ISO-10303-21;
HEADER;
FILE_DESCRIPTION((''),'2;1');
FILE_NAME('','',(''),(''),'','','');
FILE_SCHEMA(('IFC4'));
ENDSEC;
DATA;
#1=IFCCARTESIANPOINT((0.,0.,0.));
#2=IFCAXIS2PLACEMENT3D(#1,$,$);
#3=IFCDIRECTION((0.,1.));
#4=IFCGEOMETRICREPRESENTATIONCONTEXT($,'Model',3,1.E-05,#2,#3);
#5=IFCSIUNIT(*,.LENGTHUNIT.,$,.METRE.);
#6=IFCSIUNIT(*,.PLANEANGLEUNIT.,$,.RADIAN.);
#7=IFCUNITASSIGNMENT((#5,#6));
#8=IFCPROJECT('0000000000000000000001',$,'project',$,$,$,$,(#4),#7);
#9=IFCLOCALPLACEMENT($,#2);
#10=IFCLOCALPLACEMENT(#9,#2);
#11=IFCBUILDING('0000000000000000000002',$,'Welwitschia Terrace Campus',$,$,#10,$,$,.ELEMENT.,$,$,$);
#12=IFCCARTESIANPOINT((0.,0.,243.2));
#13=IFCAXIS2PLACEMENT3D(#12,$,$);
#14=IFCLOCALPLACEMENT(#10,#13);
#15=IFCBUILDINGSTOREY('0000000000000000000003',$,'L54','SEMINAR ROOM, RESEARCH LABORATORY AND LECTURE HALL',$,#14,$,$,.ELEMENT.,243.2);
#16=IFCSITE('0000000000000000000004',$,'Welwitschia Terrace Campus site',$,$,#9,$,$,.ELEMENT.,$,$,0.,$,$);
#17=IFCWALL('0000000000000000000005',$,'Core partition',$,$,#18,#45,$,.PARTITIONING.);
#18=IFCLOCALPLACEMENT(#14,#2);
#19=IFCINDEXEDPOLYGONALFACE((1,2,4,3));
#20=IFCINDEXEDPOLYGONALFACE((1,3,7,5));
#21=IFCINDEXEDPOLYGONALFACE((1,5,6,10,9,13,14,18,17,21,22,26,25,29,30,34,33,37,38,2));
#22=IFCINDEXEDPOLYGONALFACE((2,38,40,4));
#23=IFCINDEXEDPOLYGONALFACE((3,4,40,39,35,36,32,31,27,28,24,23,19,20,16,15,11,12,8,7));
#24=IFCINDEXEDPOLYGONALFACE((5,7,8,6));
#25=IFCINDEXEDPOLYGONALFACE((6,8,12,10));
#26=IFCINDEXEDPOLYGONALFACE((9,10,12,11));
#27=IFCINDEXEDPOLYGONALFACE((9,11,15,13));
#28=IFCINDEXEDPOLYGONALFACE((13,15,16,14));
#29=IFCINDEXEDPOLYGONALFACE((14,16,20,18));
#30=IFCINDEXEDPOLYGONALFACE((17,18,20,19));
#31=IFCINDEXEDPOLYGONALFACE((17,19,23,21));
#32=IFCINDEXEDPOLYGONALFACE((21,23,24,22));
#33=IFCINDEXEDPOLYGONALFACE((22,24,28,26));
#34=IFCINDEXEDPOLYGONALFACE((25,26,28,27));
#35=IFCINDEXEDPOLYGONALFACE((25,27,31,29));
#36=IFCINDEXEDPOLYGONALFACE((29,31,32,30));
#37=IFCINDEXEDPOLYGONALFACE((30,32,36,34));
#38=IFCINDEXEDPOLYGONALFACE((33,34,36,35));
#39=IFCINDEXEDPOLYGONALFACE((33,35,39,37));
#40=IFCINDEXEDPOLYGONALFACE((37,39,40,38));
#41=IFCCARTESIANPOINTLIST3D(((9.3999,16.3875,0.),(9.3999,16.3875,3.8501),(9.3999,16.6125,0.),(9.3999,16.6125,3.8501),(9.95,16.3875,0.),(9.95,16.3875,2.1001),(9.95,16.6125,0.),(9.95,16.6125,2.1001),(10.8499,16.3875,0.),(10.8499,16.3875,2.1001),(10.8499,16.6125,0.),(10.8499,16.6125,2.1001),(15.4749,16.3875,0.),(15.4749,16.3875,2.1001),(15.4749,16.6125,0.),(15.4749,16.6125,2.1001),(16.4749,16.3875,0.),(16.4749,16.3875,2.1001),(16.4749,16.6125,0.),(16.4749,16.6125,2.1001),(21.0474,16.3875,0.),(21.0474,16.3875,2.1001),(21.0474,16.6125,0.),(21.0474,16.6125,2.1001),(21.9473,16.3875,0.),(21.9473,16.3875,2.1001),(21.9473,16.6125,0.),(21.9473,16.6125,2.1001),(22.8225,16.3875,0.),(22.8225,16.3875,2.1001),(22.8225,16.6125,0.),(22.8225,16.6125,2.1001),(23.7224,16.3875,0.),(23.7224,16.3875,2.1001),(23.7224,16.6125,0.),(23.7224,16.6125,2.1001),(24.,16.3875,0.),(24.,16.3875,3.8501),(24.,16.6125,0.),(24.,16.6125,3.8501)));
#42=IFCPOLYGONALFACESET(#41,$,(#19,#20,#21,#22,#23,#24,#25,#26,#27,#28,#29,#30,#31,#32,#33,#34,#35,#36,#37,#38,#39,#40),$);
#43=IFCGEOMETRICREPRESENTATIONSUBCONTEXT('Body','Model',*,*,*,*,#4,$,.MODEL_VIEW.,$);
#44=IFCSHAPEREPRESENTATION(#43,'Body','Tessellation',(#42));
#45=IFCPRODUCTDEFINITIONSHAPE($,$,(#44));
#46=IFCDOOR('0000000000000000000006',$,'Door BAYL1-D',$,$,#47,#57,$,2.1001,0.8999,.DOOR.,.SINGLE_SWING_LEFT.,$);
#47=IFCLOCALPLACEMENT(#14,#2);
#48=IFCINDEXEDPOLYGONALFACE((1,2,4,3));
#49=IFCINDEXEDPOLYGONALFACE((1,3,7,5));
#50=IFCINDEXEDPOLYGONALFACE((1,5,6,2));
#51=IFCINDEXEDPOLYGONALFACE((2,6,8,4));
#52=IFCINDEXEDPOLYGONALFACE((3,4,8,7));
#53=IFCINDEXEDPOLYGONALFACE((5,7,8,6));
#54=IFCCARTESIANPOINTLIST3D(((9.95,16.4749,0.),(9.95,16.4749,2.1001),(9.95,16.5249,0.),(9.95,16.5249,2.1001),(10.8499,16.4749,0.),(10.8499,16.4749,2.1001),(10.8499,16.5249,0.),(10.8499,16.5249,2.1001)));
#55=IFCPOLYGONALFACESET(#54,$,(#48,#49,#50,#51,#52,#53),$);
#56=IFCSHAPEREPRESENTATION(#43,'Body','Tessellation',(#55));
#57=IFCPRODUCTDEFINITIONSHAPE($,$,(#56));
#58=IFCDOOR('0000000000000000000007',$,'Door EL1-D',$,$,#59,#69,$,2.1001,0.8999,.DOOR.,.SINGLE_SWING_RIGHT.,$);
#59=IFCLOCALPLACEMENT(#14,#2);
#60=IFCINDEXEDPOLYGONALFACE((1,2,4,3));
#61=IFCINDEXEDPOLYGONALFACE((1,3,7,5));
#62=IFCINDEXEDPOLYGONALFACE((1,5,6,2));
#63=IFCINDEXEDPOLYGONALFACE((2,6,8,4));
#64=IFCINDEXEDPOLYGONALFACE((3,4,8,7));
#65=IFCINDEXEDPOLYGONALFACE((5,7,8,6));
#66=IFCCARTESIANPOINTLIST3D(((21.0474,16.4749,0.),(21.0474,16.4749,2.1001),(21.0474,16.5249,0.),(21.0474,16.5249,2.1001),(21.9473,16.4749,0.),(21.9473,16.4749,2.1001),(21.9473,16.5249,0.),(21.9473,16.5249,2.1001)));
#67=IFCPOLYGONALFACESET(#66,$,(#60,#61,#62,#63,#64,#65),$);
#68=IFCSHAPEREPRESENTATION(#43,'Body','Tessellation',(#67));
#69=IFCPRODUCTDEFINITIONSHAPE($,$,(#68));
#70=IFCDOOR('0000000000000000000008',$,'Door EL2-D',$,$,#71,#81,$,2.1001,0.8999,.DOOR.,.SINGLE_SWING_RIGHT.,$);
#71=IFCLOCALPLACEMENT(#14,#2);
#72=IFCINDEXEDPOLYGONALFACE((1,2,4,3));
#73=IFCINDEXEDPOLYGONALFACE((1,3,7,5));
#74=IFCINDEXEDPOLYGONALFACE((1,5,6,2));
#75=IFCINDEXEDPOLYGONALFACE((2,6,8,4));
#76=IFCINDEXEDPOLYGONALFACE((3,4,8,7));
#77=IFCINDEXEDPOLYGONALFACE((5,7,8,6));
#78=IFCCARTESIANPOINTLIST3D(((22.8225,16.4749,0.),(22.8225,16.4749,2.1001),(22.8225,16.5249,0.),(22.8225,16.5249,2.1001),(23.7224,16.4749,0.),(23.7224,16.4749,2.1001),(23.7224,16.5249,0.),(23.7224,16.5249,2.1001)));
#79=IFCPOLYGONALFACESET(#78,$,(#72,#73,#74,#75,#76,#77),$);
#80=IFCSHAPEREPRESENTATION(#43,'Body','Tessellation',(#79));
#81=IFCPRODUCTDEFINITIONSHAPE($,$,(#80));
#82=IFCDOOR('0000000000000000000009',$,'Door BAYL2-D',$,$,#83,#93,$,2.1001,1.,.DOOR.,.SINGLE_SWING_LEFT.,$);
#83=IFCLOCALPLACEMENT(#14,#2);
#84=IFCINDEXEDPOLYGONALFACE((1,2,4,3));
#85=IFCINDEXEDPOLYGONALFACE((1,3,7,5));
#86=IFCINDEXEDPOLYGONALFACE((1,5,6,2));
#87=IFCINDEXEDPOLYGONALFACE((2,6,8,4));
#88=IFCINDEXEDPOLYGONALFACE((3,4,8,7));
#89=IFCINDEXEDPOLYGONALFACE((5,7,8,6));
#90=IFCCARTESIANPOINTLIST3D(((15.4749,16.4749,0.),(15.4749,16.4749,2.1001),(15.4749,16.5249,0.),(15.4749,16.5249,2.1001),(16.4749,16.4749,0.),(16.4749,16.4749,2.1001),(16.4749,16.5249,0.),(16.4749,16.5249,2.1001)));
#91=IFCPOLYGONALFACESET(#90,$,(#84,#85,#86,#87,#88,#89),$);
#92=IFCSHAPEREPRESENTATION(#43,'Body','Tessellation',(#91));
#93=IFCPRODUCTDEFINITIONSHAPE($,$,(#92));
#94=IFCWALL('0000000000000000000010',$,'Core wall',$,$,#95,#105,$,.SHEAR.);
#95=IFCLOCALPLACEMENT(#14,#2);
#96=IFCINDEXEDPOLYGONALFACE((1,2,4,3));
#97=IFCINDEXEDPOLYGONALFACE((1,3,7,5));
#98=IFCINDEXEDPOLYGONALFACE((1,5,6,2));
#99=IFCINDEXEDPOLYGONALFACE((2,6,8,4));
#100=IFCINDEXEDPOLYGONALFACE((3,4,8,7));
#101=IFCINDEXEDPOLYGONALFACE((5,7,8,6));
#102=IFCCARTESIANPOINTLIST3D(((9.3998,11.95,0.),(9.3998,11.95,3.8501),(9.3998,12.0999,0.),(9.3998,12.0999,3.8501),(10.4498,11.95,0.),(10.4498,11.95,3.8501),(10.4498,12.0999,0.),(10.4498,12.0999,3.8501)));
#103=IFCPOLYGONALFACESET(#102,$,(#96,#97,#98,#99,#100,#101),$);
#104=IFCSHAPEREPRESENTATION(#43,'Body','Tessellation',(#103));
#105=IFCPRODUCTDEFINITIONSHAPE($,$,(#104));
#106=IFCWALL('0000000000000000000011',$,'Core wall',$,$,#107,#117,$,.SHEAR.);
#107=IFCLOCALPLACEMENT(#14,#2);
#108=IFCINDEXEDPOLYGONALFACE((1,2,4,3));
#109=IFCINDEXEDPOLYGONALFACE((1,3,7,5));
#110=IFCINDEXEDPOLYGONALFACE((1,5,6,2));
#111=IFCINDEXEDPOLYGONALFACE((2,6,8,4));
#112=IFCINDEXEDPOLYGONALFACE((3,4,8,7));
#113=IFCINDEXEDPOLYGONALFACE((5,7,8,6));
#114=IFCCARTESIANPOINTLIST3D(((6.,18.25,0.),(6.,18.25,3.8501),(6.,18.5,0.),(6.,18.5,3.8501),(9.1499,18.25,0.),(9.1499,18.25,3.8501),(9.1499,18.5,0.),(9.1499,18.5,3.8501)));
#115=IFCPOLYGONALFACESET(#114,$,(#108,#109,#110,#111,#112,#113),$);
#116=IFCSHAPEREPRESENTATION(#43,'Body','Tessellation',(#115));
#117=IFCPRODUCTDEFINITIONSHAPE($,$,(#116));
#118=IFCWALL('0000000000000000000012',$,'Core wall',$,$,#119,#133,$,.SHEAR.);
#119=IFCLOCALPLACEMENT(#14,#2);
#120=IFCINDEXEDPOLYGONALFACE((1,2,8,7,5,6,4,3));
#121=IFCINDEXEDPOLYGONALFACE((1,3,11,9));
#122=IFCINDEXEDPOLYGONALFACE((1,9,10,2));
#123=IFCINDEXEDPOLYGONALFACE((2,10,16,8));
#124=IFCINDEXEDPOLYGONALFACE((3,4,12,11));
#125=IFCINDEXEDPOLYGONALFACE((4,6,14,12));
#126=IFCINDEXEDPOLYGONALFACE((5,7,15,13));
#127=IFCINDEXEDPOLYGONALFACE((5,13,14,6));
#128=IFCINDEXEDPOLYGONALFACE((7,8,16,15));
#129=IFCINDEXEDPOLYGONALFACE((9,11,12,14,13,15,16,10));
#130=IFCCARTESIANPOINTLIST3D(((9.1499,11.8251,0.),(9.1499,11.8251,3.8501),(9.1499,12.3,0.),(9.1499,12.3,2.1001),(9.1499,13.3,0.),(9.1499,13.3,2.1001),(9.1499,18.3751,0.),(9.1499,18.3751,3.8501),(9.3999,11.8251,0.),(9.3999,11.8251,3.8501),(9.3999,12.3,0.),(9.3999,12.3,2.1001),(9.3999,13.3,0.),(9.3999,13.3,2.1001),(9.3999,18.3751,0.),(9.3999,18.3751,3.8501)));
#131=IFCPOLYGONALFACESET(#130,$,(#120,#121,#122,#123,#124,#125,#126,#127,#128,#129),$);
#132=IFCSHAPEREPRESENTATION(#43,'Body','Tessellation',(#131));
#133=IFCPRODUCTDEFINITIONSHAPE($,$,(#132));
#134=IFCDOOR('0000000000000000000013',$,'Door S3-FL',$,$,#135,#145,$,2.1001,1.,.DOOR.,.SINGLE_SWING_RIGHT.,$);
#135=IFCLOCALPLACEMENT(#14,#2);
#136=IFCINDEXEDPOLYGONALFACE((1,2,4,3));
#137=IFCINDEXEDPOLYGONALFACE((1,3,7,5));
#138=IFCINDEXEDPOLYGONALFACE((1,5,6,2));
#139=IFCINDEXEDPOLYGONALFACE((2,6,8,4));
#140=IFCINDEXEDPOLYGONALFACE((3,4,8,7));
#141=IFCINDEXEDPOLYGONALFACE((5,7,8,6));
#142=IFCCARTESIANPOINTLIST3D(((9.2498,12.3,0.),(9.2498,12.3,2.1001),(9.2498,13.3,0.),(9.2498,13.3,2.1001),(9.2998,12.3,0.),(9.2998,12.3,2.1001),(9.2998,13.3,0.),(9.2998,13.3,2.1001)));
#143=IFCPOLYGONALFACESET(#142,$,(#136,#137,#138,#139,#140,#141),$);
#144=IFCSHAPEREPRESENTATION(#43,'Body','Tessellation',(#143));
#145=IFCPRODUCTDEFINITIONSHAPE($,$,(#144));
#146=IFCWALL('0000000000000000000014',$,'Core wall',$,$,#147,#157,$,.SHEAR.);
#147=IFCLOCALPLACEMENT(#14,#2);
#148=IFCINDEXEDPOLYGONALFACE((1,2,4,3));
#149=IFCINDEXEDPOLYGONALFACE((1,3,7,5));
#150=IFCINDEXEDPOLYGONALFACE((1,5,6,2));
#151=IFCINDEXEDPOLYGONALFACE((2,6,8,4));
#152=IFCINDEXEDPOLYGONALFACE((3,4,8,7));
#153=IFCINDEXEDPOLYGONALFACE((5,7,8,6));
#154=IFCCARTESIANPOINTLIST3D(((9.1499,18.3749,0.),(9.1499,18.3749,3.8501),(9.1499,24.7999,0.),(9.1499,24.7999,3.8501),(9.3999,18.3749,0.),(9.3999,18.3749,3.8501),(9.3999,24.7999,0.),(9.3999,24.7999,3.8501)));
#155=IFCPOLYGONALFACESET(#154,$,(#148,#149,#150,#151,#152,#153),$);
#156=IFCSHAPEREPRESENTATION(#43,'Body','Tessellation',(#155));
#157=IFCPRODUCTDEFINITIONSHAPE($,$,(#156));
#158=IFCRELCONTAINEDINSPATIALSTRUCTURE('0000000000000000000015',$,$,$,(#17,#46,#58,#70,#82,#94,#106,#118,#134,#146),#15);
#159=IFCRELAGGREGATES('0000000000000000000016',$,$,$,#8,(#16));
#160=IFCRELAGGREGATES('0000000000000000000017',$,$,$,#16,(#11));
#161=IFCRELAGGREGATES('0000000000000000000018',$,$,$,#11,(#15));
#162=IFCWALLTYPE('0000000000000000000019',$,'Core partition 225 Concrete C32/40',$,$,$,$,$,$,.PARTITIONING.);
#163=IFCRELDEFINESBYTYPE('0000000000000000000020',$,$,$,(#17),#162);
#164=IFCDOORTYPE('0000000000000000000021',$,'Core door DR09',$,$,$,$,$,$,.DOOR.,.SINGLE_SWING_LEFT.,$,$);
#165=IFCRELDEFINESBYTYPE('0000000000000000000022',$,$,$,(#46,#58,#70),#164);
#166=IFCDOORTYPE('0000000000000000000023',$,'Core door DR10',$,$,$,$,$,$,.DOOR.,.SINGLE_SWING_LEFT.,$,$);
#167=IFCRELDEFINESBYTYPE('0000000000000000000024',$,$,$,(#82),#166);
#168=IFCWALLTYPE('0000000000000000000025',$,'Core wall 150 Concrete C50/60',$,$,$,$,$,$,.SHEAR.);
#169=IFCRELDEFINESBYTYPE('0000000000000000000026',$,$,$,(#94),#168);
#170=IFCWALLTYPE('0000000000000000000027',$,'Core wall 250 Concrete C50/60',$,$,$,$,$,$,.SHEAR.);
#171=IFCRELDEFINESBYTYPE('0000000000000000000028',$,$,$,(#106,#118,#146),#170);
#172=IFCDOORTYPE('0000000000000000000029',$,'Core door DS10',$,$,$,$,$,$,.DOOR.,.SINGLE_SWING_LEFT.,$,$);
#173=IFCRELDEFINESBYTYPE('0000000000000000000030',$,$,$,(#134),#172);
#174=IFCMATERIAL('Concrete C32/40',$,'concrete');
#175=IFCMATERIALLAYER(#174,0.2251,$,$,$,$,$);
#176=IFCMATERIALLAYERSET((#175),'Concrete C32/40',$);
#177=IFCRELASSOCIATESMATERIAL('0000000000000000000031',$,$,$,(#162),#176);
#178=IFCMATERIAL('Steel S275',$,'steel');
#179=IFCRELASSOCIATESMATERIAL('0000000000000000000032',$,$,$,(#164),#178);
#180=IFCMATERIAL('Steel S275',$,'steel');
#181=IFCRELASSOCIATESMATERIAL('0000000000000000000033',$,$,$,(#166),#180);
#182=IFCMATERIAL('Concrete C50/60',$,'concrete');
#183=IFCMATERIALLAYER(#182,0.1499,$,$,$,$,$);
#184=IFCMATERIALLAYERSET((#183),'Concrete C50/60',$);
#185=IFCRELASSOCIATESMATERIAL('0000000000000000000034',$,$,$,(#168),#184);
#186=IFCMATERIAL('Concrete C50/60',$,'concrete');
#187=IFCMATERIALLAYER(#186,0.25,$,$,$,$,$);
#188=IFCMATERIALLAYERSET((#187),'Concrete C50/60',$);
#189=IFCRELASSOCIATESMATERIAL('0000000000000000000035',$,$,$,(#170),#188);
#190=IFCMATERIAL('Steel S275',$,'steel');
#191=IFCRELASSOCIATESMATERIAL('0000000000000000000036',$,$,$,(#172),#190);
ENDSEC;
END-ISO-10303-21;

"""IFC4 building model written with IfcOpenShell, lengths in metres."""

from ifc_helpers import new_model, si_unit, direction, frame, frame_2d, origin, place, context, subcontext, project, spatial, rectangle, extrude, material, layer, layer_set, type_object, element, fill, save


model = new_model("IFC4")

# Units and contexts
model_context = context("Model", 3, precision=1e-05, world=origin(), true_north=direction((0.0, 1.0)))
body_context = subcontext(model_context, "Body", "Model", "MODEL_VIEW")
ifc_project = project(units=[si_unit("LENGTHUNIT", "METRE"), si_unit("PLANEANGLEUNIT", "RADIAN")], contexts=[model_context])

# Site, building, storey
site_placement = place(None, origin())
site = spatial("IfcSite", under=ifc_project, at=site_placement, Name="Welwitschia Terrace Campus site", CompositionType="ELEMENT", RefElevation=0.0)
building_placement = place(site_placement, origin())
building = spatial("IfcBuilding", under=site, at=building_placement, Name="Welwitschia Terrace Campus", CompositionType="ELEMENT")
storey_placement = place(building_placement, frame((0.0, 0.0, 243.2)))
storey = spatial("IfcBuildingStorey", under=building, at=storey_placement, Name="L54", Description="SEMINAR ROOM, RESEARCH LABORATORY AND LECTURE HALL", CompositionType="ELEMENT", Elevation=243.2)

# Shared definitions
ifc_material_1 = material(Name="Concrete C32/40", Category="concrete")
ifc_layer_1 = layer(ifc_material_1, 0.2251)
ifc_layer_set_1 = layer_set([ifc_layer_1], Name="Concrete C32/40")
wall_type_1 = type_object("IfcWallType", Name="Core partition 225 Concrete C32/40", PredefinedType="PARTITIONING", material=ifc_layer_set_1)

# Wall, openings, doors
wall_1_placement = place(storey_placement, frame((9.3999, 16.5, 0.0), z_axis=(0.0, 0.0, 1.0), x_axis=(1.0, 0.0, 0.0)))
wall_1 = element("IfcWall", 1, at=wall_1_placement, inside=storey, type_object=wall_type_1, Name="Core partition", PredefinedType="PARTITIONING", context=body_context, shape_type="SweptSolid", body=[
    extrude(rectangle(XDim=14.6001, YDim=0.2251, at=frame_2d((7.3, 0.0))), origin(), (0.0, 0.0, 1.0), 3.8501),
])
opening_1_placement = place(wall_1_placement, frame((0.55, 0.0, 0.0)))
opening_1 = element("IfcOpeningElement", 2, at=opening_1_placement, cuts=wall_1, PredefinedType="OPENING", context=body_context, shape_type="SweptSolid", body=[
    extrude(rectangle(XDim=0.8999, YDim=2.1001, at=frame_2d((0.45, 1.05))), frame((0.0, 0.1226, 0.0), z_axis=(0.0, -1.0, 0.0), x_axis=(1.0, 0.0, 0.0)), (0.0, 0.0, 1.0), 0.2451),
])
opening_2_placement = place(wall_1_placement, frame((6.075, 0.0, 0.0)))
opening_2 = element("IfcOpeningElement", 3, at=opening_2_placement, cuts=wall_1, PredefinedType="OPENING", context=body_context, shape_type="SweptSolid", body=[
    extrude(rectangle(XDim=1.0, YDim=2.1001, at=frame_2d((0.5, 1.05))), frame((0.0, 0.1226, 0.0), z_axis=(0.0, -1.0, 0.0), x_axis=(1.0, 0.0, 0.0)), (0.0, 0.0, 1.0), 0.2451),
])
opening_3_placement = place(wall_1_placement, frame((11.6475, 0.0, 0.0)))
opening_3 = element("IfcOpeningElement", 4, at=opening_3_placement, cuts=wall_1, PredefinedType="OPENING", context=body_context, shape_type="SweptSolid", body=[
    extrude(rectangle(XDim=0.8999, YDim=2.1001, at=frame_2d((0.45, 1.05))), frame((0.0, 0.1226, 0.0), z_axis=(0.0, -1.0, 0.0), x_axis=(1.0, 0.0, 0.0)), (0.0, 0.0, 1.0), 0.2451),
])
opening_4_placement = place(wall_1_placement, frame((13.4226, 0.0, 0.0)))
opening_4 = element("IfcOpeningElement", 5, at=opening_4_placement, cuts=wall_1, PredefinedType="OPENING", context=body_context, shape_type="SweptSolid", body=[
    extrude(rectangle(XDim=0.8999, YDim=2.1001, at=frame_2d((0.45, 1.05))), frame((0.0, 0.1226, 0.0), z_axis=(0.0, -1.0, 0.0), x_axis=(1.0, 0.0, 0.0)), (0.0, 0.0, 1.0), 0.2451),
])
ifc_material_2 = material(Name="Steel S275", Category="steel")
door_type_1 = type_object("IfcDoorType", Name="Core door DR09", OperationType="SINGLE_SWING_LEFT", PredefinedType="DOOR", material=ifc_material_2)
door_1_placement = place(opening_1_placement, origin())
door_1 = element("IfcDoor", 6, at=door_1_placement, inside=storey, type_object=door_type_1, Name="Door BAYL1-D", OperationType="SINGLE_SWING_LEFT", OverallHeight=2.1001, OverallWidth=0.8999, PredefinedType="DOOR", context=body_context, shape_type="SweptSolid", body=[
    extrude(rectangle(XDim=0.8999, YDim=2.1001, at=frame_2d((0.45, 1.05))), frame((0.0, 0.0249, 0.0), z_axis=(0.0, -1.0, 0.0), x_axis=(1.0, 0.0, 0.0)), (0.0, 0.0, 1.0), 0.05),
])
fill(opening_1, door_1)
door_2_placement = place(opening_3_placement, origin())
door_2 = element("IfcDoor", 7, at=door_2_placement, inside=storey, type_object=door_type_1, Name="Door EL1-D", OperationType="SINGLE_SWING_RIGHT", OverallHeight=2.1001, OverallWidth=0.8999, PredefinedType="DOOR", context=body_context, shape_type="SweptSolid", body=[
    extrude(rectangle(XDim=0.8999, YDim=2.1001, at=frame_2d((0.45, 1.05))), frame((0.0, 0.0249, 0.0), z_axis=(0.0, -1.0, 0.0), x_axis=(1.0, 0.0, 0.0)), (0.0, 0.0, 1.0), 0.05),
])
fill(opening_3, door_2)
door_3_placement = place(opening_4_placement, origin())
door_3 = element("IfcDoor", 8, at=door_3_placement, inside=storey, type_object=door_type_1, Name="Door EL2-D", OperationType="SINGLE_SWING_RIGHT", OverallHeight=2.1001, OverallWidth=0.8999, PredefinedType="DOOR", context=body_context, shape_type="SweptSolid", body=[
    extrude(rectangle(XDim=0.8999, YDim=2.1001, at=frame_2d((0.45, 1.05))), frame((0.0, 0.0249, 0.0), z_axis=(0.0, -1.0, 0.0), x_axis=(1.0, 0.0, 0.0)), (0.0, 0.0, 1.0), 0.05),
])
fill(opening_4, door_3)
ifc_material_3 = material(Name="Steel S275", Category="steel")
door_type_2 = type_object("IfcDoorType", Name="Core door DR10", OperationType="SINGLE_SWING_LEFT", PredefinedType="DOOR", material=ifc_material_3)
door_4_placement = place(opening_2_placement, origin())
door_4 = element("IfcDoor", 9, at=door_4_placement, inside=storey, type_object=door_type_2, Name="Door BAYL2-D", OperationType="SINGLE_SWING_LEFT", OverallHeight=2.1001, OverallWidth=1.0, PredefinedType="DOOR", context=body_context, shape_type="SweptSolid", body=[
    extrude(rectangle(XDim=1.0, YDim=2.1001, at=frame_2d((0.5, 1.05))), frame((0.0, 0.0249, 0.0), z_axis=(0.0, -1.0, 0.0), x_axis=(1.0, 0.0, 0.0)), (0.0, 0.0, 1.0), 0.05),
])
fill(opening_2, door_4)

# Walls
ifc_material_4 = material(Name="Concrete C50/60", Category="concrete")
ifc_layer_2 = layer(ifc_material_4, 0.1499)
ifc_layer_set_2 = layer_set([ifc_layer_2], Name="Concrete C50/60")
wall_type_2 = type_object("IfcWallType", Name="Core wall 150 Concrete C50/60", PredefinedType="SHEAR", material=ifc_layer_set_2)
wall_2_placement = place(storey_placement, frame((9.3999, 12.0249, 0.0), z_axis=(0.0, 0.0, 1.0), x_axis=(1.0, 0.0, 0.0)))
element("IfcWall", 10, at=wall_2_placement, inside=storey, type_object=wall_type_2, Name="Core wall", PredefinedType="SHEAR", context=body_context, shape_type="SweptSolid", body=[
    extrude(rectangle(XDim=1.05, YDim=0.1499, at=frame_2d((0.5249, 0.0))), origin(), (0.0, 0.0, 1.0), 3.8501),
])
ifc_material_5 = material(Name="Concrete C50/60", Category="concrete")
ifc_layer_3 = layer(ifc_material_5, 0.25)
ifc_layer_set_3 = layer_set([ifc_layer_3], Name="Concrete C50/60")
wall_type_3 = type_object("IfcWallType", Name="Core wall 250 Concrete C50/60", PredefinedType="SHEAR", material=ifc_layer_set_3)
wall_3_placement = place(storey_placement, frame((6.0, 18.375, 0.0), z_axis=(0.0, 0.0, 1.0), x_axis=(1.0, 0.0, 0.0)))
element("IfcWall", 11, at=wall_3_placement, inside=storey, type_object=wall_type_3, Name="Core wall", PredefinedType="SHEAR", context=body_context, shape_type="SweptSolid", body=[
    extrude(rectangle(XDim=3.1499, YDim=0.25, at=frame_2d((1.575, 0.0))), origin(), (0.0, 0.0, 1.0), 3.8501),
])

# Wall, opening, door
wall_4_placement = place(storey_placement, frame((9.2749, 18.375, 0.0), z_axis=(0.0, 0.0, 1.0), x_axis=(0.0, -1.0, 0.0)))
wall_4 = element("IfcWall", 12, at=wall_4_placement, inside=storey, type_object=wall_type_3, Name="Core wall", PredefinedType="SHEAR", context=body_context, shape_type="SweptSolid", body=[
    extrude(rectangle(XDim=6.55, YDim=0.25, at=frame_2d((3.2749, 0.0))), origin(), (0.0, 0.0, 1.0), 3.8501),
])
opening_5_placement = place(wall_4_placement, frame((5.075, 0.0, 0.0)))
opening_5 = element("IfcOpeningElement", 13, at=opening_5_placement, cuts=wall_4, PredefinedType="OPENING", context=body_context, shape_type="SweptSolid", body=[
    extrude(rectangle(XDim=1.0, YDim=2.1001, at=frame_2d((0.5, 1.05))), frame((0.0, 0.135, 0.0), z_axis=(0.0, -1.0, 0.0), x_axis=(1.0, 0.0, 0.0)), (0.0, 0.0, 1.0), 0.27),
])
ifc_material_6 = material(Name="Steel S275", Category="steel")
door_type_3 = type_object("IfcDoorType", Name="Core door DS10", OperationType="SINGLE_SWING_LEFT", PredefinedType="DOOR", material=ifc_material_6)
door_5_placement = place(opening_5_placement, origin())
door_5 = element("IfcDoor", 14, at=door_5_placement, inside=storey, type_object=door_type_3, Name="Door S3-FL", OperationType="SINGLE_SWING_RIGHT", OverallHeight=2.1001, OverallWidth=1.0, PredefinedType="DOOR", context=body_context, shape_type="SweptSolid", body=[
    extrude(rectangle(XDim=1.0, YDim=2.1001, at=frame_2d((0.5, 1.05))), frame((0.0, 0.0249, 0.0), z_axis=(0.0, -1.0, 0.0), x_axis=(1.0, 0.0, 0.0)), (0.0, 0.0, 1.0), 0.05),
])
fill(opening_5, door_5)

# Wall
wall_5_placement = place(storey_placement, frame((9.2749, 18.375, 0.0), z_axis=(0.0, 0.0, 1.0), x_axis=(0.0, 1.0, 0.0)))
element("IfcWall", 15, at=wall_5_placement, inside=storey, type_object=wall_type_3, Name="Core wall", PredefinedType="SHEAR", context=body_context, shape_type="SweptSolid", body=[
    extrude(rectangle(XDim=6.425, YDim=0.25, at=frame_2d((3.2124, 0.0))), origin(), (0.0, 0.0, 1.0), 3.8501),
])

save(model, "model.ifc")
